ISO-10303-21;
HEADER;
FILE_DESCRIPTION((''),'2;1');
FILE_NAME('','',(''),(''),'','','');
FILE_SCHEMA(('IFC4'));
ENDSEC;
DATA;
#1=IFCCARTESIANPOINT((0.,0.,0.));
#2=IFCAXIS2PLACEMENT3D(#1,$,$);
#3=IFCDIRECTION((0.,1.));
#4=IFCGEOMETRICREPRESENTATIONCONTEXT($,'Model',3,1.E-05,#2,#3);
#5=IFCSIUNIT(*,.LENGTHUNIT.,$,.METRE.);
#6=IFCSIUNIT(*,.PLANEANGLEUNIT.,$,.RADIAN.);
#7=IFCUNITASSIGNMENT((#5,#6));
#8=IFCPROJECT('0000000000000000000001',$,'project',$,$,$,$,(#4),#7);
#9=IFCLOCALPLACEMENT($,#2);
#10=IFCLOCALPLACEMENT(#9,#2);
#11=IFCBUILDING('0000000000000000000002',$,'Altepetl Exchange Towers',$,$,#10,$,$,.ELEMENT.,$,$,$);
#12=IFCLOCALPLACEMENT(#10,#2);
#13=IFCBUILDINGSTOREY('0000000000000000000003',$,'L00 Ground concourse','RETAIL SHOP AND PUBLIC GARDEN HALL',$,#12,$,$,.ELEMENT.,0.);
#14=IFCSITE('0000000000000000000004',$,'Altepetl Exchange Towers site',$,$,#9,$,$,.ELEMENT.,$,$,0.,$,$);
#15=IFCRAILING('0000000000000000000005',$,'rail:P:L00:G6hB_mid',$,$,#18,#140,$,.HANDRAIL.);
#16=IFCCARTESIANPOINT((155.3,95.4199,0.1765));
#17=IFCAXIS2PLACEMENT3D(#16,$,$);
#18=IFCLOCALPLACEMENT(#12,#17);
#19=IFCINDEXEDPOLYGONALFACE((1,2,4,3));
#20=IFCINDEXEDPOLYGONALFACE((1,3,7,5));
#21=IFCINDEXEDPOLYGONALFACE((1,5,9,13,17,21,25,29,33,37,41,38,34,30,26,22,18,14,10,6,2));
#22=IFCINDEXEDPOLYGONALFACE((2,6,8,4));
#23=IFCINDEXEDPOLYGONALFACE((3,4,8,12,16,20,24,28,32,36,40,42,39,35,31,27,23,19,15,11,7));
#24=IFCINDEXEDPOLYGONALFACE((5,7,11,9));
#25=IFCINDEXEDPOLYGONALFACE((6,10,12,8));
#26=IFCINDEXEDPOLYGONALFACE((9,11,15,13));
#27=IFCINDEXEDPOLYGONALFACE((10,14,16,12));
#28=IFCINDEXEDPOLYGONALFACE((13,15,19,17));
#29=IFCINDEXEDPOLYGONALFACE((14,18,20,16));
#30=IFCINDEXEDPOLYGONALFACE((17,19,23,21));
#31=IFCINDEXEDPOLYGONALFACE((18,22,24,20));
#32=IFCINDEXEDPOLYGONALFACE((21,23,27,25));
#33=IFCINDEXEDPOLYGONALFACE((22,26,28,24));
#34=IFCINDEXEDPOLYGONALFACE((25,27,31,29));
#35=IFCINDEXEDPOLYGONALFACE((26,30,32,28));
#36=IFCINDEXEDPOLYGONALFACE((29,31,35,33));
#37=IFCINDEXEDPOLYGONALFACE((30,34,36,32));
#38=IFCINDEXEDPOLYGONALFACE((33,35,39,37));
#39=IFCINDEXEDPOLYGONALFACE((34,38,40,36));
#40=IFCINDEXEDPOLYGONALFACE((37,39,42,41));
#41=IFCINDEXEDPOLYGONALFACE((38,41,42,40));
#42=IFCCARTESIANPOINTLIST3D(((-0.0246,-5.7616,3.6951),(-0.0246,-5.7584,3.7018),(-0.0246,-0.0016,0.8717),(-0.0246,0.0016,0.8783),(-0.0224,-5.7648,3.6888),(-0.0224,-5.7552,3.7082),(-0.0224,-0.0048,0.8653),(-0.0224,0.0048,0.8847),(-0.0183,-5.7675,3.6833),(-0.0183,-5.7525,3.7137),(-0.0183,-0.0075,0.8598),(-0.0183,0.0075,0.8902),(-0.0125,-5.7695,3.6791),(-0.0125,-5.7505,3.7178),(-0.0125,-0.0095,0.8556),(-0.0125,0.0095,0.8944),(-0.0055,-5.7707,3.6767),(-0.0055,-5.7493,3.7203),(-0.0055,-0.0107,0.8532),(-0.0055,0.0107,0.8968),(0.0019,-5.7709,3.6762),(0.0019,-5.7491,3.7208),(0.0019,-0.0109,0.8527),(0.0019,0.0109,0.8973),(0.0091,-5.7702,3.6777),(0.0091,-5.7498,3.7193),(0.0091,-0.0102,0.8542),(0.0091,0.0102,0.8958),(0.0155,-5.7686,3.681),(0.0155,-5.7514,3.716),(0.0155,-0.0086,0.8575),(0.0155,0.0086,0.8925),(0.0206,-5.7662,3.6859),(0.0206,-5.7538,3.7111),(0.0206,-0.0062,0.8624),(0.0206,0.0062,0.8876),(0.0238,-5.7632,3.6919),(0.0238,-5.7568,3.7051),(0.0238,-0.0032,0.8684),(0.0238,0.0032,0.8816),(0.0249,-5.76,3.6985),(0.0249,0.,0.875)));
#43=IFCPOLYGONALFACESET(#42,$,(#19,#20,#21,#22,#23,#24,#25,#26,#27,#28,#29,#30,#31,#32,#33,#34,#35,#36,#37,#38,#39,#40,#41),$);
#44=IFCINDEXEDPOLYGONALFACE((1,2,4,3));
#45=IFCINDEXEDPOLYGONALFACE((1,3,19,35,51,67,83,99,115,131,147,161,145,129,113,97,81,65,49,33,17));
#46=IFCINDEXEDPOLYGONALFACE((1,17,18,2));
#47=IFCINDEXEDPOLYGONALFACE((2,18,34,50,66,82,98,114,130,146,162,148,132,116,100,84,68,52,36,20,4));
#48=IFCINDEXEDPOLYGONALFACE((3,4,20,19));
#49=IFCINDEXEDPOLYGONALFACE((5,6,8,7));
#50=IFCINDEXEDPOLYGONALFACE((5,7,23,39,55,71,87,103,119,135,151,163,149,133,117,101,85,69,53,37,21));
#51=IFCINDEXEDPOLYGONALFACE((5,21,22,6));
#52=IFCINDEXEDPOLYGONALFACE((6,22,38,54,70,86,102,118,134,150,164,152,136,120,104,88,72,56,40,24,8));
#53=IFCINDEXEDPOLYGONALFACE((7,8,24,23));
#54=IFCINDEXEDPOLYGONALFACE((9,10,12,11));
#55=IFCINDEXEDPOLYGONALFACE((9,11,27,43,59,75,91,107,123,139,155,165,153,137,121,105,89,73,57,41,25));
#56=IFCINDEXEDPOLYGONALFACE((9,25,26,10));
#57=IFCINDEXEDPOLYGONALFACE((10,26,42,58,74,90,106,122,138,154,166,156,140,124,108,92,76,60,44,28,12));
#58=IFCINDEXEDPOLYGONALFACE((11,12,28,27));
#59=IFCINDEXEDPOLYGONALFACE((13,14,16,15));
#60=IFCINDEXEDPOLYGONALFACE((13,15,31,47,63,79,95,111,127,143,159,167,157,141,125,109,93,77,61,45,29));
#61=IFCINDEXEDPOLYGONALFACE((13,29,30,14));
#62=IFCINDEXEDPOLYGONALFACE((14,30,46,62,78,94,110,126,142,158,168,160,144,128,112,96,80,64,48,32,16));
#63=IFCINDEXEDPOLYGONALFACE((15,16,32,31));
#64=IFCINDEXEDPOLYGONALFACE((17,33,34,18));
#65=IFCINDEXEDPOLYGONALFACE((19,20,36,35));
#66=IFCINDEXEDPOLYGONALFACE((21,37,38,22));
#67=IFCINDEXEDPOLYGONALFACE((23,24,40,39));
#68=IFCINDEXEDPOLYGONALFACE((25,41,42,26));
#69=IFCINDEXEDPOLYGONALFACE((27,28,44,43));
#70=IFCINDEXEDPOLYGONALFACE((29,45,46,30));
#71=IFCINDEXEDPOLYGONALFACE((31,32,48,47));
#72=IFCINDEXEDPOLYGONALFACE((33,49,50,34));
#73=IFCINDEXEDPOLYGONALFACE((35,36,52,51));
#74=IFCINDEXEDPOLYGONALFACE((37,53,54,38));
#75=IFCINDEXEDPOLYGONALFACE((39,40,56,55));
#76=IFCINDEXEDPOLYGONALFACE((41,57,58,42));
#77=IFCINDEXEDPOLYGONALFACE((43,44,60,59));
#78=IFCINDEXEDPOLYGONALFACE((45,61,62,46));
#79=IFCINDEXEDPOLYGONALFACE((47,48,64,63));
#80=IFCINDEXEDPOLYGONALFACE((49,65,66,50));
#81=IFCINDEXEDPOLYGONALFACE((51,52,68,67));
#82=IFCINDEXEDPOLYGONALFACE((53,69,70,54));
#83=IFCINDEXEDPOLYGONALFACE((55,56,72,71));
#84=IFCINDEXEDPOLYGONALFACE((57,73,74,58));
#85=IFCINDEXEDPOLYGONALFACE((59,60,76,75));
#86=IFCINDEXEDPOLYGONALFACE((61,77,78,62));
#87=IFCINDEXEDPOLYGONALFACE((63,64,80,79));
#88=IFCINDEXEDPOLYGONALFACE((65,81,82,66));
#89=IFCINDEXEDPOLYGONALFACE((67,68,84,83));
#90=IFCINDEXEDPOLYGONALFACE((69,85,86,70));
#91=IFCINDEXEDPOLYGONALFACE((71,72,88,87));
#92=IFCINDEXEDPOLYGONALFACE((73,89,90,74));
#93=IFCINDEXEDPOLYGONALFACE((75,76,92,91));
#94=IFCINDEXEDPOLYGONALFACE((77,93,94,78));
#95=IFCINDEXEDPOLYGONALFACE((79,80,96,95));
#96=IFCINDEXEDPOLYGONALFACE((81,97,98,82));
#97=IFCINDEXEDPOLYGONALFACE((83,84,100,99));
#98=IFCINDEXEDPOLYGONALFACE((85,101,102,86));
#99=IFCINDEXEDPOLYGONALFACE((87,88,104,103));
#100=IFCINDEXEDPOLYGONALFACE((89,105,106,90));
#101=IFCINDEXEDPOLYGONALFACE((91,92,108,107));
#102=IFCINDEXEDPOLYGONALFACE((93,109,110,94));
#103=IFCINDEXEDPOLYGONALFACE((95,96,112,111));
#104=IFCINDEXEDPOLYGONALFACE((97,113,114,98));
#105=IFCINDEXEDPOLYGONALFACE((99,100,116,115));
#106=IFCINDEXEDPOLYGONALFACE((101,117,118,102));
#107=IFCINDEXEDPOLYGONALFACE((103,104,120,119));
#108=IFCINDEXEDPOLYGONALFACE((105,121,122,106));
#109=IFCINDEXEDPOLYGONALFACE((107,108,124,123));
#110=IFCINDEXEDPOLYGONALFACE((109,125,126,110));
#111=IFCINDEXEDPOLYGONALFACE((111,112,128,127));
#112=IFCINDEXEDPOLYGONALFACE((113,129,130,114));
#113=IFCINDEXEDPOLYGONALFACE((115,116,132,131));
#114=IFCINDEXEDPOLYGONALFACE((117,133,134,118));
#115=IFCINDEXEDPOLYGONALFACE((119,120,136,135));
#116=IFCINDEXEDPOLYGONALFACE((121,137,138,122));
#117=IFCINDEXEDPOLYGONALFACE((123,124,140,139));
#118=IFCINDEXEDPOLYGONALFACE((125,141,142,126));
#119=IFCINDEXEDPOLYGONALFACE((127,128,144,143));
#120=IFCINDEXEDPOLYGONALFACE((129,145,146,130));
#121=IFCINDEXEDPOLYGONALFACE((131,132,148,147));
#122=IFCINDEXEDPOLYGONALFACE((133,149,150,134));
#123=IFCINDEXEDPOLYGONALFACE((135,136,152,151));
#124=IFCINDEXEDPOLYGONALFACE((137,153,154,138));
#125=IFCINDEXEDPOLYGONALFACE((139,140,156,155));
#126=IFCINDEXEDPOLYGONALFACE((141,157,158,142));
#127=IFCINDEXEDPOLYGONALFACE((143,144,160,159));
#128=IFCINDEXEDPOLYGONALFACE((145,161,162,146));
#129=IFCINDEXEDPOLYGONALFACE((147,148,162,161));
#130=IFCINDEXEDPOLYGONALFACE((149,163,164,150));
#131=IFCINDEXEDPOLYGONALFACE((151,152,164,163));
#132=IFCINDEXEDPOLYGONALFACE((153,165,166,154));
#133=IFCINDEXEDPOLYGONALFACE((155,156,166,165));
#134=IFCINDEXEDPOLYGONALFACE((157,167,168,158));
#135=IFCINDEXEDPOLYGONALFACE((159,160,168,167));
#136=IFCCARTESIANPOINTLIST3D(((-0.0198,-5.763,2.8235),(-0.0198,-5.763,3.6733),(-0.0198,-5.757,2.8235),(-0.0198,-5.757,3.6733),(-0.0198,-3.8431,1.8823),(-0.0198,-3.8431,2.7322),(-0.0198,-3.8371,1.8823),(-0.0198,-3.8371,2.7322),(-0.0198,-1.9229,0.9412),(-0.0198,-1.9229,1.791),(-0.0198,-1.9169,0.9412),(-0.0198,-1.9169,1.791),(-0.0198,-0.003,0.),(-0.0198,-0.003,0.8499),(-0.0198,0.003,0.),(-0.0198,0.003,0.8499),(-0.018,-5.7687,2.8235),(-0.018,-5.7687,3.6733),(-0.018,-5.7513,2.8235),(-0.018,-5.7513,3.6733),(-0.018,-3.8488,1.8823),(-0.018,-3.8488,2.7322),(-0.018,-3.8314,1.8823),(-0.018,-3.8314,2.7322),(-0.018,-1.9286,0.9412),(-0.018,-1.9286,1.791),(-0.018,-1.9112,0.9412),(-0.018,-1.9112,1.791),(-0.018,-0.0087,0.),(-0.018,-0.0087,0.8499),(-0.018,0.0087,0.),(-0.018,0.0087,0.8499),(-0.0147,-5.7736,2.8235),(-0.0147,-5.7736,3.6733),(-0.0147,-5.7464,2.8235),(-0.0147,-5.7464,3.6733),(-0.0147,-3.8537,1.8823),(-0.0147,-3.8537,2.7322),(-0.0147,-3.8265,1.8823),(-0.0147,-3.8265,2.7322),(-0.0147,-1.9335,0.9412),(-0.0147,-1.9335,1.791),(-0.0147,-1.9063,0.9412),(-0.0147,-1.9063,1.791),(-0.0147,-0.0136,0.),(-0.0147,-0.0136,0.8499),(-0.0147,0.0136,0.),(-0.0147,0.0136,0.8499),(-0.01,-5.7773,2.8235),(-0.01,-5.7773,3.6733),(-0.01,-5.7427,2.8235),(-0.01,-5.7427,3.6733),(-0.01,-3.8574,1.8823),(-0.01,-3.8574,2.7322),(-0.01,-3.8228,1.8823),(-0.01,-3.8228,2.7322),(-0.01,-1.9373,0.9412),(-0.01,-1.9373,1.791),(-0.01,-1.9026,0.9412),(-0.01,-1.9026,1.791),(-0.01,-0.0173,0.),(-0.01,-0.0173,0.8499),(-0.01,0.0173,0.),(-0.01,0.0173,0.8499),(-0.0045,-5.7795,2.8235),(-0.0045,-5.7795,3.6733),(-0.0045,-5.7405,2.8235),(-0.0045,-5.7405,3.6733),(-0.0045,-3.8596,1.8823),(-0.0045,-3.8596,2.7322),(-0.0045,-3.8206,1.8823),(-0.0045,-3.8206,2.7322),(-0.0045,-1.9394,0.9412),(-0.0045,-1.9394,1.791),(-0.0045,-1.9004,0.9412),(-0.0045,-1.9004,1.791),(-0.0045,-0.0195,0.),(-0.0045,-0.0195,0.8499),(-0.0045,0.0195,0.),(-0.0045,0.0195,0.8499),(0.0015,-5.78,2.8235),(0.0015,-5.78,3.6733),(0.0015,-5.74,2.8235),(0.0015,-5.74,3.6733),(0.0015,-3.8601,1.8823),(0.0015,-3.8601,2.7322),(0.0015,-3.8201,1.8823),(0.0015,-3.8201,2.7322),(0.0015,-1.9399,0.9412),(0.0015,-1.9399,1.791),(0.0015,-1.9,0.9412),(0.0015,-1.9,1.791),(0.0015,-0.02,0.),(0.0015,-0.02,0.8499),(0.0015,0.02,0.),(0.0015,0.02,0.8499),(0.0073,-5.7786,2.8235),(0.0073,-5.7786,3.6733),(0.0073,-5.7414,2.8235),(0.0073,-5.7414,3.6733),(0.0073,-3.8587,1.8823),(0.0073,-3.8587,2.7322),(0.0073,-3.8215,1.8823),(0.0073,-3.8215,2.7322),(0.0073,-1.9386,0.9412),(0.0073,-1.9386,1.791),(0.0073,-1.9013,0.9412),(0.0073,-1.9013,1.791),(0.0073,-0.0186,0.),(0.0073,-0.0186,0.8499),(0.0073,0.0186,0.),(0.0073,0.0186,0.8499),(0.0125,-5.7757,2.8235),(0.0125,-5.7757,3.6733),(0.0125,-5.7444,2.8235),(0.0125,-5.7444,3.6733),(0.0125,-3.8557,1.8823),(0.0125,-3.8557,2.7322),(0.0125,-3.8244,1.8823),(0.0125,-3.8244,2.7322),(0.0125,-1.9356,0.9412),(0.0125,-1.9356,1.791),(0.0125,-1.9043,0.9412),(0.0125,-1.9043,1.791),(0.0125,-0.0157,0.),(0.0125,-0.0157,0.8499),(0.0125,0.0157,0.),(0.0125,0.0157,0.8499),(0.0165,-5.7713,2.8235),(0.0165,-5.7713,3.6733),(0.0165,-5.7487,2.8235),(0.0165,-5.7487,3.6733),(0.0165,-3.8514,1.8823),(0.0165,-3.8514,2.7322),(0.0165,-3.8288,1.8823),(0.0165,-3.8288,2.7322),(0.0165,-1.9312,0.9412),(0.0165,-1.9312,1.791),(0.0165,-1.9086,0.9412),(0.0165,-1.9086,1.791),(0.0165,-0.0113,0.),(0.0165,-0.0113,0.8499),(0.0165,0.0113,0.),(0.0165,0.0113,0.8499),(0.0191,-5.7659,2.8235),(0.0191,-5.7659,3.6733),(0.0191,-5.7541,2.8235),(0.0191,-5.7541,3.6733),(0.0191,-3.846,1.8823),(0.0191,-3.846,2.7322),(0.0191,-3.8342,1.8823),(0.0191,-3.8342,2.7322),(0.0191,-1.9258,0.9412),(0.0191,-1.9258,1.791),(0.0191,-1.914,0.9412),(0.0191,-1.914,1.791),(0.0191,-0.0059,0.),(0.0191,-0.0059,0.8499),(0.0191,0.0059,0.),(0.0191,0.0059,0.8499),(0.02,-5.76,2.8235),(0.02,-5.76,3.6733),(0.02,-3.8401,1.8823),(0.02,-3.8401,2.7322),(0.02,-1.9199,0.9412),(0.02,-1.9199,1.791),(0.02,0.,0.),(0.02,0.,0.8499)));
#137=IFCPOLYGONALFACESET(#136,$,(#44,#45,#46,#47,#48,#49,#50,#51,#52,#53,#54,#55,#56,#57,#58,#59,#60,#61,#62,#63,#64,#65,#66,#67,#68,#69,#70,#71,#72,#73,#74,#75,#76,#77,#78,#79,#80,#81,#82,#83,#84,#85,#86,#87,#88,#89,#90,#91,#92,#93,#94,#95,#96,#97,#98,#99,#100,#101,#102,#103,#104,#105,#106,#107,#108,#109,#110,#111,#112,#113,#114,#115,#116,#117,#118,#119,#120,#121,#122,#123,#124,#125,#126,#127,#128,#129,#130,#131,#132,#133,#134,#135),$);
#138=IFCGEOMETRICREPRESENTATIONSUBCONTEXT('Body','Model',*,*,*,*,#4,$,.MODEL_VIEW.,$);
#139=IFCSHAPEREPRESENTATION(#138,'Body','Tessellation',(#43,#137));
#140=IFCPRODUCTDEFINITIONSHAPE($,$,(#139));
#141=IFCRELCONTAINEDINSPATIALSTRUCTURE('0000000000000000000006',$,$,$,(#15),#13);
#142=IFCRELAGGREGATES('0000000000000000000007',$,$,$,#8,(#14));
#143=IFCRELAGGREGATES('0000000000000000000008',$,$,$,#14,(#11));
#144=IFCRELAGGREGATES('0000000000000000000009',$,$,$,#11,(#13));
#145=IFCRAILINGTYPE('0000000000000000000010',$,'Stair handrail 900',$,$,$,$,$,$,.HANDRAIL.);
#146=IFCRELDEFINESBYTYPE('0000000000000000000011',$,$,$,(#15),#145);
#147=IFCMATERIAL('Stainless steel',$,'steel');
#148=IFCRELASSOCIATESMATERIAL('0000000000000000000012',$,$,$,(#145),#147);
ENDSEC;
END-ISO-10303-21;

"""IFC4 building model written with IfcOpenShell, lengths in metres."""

from ifc_helpers import new_model, si_unit, direction, frame, origin, origin_2d, place, context, subcontext, project, spatial, circle, extrude, source, transform, mapped, material, type_object, element, save


model = new_model("IFC4")

# Units and contexts
model_context = context("Model", 3, precision=1e-05, world=origin(), true_north=direction((0.0, 1.0)))
body_context = subcontext(model_context, "Body", "Model", "MODEL_VIEW")
ifc_project = project(units=[si_unit("LENGTHUNIT", "METRE"), si_unit("PLANEANGLEUNIT", "RADIAN")], contexts=[model_context])

# Site, building, storey
site_placement = place(None, origin())
site = spatial("IfcSite", under=ifc_project, at=site_placement, Name="Altepetl Exchange Towers site", CompositionType="ELEMENT", RefElevation=0.0)
building_placement = place(site_placement, origin())
building = spatial("IfcBuilding", under=site, at=building_placement, Name="Altepetl Exchange Towers", CompositionType="ELEMENT")
storey_placement = place(building_placement, origin())
storey = spatial("IfcBuildingStorey", under=building, at=storey_placement, Name="L00 Ground concourse", Description="RETAIL SHOP AND PUBLIC GARDEN HALL", CompositionType="ELEMENT", Elevation=0.0)

# Railing
ifc_material_1 = material(Name="Stainless steel", Category="steel")
railing_type_1 = type_object("IfcRailingType", Name="Stair handrail 900", PredefinedType="HANDRAIL", material=ifc_material_1)
shared_shape_1 = source(origin(), body_context, "Body", "SweptSolid", [
    extrude(circle(Radius=0.02, at=origin_2d()), origin(), (0.0, 0.0, 1.0), 0.8499),
])
for number, where, name in (
    (1, (155.3, 95.4199, 0.1765), "rail:P:L00:G6hB_mid"),
):
    element("IfcRailing", number, at=place(storey_placement, frame(where)), inside=storey, type_object=railing_type_1, Name=name, PredefinedType="HANDRAIL", context=body_context, shape_type="SweptSolid", body=[
        extrude(circle(Radius=0.0249, at=origin_2d()), frame((0.0, 0.0, 0.875), z_axis=(0.0, -0.897924, 0.440151), x_axis=(1.0, 0.0, 0.0)), (0.0, 0.0, 1.0), 6.4148),
        mapped(shared_shape_1, transform((0.0, 0.0, 0.0))),
        mapped(shared_shape_1, transform((0.0, -1.9199, 0.9412))),
        mapped(shared_shape_1, transform((0.0, -3.8401, 1.8823))),
        mapped(shared_shape_1, transform((0.0, -5.76, 2.8235))),
    ])

save(model, "model.ifc")
